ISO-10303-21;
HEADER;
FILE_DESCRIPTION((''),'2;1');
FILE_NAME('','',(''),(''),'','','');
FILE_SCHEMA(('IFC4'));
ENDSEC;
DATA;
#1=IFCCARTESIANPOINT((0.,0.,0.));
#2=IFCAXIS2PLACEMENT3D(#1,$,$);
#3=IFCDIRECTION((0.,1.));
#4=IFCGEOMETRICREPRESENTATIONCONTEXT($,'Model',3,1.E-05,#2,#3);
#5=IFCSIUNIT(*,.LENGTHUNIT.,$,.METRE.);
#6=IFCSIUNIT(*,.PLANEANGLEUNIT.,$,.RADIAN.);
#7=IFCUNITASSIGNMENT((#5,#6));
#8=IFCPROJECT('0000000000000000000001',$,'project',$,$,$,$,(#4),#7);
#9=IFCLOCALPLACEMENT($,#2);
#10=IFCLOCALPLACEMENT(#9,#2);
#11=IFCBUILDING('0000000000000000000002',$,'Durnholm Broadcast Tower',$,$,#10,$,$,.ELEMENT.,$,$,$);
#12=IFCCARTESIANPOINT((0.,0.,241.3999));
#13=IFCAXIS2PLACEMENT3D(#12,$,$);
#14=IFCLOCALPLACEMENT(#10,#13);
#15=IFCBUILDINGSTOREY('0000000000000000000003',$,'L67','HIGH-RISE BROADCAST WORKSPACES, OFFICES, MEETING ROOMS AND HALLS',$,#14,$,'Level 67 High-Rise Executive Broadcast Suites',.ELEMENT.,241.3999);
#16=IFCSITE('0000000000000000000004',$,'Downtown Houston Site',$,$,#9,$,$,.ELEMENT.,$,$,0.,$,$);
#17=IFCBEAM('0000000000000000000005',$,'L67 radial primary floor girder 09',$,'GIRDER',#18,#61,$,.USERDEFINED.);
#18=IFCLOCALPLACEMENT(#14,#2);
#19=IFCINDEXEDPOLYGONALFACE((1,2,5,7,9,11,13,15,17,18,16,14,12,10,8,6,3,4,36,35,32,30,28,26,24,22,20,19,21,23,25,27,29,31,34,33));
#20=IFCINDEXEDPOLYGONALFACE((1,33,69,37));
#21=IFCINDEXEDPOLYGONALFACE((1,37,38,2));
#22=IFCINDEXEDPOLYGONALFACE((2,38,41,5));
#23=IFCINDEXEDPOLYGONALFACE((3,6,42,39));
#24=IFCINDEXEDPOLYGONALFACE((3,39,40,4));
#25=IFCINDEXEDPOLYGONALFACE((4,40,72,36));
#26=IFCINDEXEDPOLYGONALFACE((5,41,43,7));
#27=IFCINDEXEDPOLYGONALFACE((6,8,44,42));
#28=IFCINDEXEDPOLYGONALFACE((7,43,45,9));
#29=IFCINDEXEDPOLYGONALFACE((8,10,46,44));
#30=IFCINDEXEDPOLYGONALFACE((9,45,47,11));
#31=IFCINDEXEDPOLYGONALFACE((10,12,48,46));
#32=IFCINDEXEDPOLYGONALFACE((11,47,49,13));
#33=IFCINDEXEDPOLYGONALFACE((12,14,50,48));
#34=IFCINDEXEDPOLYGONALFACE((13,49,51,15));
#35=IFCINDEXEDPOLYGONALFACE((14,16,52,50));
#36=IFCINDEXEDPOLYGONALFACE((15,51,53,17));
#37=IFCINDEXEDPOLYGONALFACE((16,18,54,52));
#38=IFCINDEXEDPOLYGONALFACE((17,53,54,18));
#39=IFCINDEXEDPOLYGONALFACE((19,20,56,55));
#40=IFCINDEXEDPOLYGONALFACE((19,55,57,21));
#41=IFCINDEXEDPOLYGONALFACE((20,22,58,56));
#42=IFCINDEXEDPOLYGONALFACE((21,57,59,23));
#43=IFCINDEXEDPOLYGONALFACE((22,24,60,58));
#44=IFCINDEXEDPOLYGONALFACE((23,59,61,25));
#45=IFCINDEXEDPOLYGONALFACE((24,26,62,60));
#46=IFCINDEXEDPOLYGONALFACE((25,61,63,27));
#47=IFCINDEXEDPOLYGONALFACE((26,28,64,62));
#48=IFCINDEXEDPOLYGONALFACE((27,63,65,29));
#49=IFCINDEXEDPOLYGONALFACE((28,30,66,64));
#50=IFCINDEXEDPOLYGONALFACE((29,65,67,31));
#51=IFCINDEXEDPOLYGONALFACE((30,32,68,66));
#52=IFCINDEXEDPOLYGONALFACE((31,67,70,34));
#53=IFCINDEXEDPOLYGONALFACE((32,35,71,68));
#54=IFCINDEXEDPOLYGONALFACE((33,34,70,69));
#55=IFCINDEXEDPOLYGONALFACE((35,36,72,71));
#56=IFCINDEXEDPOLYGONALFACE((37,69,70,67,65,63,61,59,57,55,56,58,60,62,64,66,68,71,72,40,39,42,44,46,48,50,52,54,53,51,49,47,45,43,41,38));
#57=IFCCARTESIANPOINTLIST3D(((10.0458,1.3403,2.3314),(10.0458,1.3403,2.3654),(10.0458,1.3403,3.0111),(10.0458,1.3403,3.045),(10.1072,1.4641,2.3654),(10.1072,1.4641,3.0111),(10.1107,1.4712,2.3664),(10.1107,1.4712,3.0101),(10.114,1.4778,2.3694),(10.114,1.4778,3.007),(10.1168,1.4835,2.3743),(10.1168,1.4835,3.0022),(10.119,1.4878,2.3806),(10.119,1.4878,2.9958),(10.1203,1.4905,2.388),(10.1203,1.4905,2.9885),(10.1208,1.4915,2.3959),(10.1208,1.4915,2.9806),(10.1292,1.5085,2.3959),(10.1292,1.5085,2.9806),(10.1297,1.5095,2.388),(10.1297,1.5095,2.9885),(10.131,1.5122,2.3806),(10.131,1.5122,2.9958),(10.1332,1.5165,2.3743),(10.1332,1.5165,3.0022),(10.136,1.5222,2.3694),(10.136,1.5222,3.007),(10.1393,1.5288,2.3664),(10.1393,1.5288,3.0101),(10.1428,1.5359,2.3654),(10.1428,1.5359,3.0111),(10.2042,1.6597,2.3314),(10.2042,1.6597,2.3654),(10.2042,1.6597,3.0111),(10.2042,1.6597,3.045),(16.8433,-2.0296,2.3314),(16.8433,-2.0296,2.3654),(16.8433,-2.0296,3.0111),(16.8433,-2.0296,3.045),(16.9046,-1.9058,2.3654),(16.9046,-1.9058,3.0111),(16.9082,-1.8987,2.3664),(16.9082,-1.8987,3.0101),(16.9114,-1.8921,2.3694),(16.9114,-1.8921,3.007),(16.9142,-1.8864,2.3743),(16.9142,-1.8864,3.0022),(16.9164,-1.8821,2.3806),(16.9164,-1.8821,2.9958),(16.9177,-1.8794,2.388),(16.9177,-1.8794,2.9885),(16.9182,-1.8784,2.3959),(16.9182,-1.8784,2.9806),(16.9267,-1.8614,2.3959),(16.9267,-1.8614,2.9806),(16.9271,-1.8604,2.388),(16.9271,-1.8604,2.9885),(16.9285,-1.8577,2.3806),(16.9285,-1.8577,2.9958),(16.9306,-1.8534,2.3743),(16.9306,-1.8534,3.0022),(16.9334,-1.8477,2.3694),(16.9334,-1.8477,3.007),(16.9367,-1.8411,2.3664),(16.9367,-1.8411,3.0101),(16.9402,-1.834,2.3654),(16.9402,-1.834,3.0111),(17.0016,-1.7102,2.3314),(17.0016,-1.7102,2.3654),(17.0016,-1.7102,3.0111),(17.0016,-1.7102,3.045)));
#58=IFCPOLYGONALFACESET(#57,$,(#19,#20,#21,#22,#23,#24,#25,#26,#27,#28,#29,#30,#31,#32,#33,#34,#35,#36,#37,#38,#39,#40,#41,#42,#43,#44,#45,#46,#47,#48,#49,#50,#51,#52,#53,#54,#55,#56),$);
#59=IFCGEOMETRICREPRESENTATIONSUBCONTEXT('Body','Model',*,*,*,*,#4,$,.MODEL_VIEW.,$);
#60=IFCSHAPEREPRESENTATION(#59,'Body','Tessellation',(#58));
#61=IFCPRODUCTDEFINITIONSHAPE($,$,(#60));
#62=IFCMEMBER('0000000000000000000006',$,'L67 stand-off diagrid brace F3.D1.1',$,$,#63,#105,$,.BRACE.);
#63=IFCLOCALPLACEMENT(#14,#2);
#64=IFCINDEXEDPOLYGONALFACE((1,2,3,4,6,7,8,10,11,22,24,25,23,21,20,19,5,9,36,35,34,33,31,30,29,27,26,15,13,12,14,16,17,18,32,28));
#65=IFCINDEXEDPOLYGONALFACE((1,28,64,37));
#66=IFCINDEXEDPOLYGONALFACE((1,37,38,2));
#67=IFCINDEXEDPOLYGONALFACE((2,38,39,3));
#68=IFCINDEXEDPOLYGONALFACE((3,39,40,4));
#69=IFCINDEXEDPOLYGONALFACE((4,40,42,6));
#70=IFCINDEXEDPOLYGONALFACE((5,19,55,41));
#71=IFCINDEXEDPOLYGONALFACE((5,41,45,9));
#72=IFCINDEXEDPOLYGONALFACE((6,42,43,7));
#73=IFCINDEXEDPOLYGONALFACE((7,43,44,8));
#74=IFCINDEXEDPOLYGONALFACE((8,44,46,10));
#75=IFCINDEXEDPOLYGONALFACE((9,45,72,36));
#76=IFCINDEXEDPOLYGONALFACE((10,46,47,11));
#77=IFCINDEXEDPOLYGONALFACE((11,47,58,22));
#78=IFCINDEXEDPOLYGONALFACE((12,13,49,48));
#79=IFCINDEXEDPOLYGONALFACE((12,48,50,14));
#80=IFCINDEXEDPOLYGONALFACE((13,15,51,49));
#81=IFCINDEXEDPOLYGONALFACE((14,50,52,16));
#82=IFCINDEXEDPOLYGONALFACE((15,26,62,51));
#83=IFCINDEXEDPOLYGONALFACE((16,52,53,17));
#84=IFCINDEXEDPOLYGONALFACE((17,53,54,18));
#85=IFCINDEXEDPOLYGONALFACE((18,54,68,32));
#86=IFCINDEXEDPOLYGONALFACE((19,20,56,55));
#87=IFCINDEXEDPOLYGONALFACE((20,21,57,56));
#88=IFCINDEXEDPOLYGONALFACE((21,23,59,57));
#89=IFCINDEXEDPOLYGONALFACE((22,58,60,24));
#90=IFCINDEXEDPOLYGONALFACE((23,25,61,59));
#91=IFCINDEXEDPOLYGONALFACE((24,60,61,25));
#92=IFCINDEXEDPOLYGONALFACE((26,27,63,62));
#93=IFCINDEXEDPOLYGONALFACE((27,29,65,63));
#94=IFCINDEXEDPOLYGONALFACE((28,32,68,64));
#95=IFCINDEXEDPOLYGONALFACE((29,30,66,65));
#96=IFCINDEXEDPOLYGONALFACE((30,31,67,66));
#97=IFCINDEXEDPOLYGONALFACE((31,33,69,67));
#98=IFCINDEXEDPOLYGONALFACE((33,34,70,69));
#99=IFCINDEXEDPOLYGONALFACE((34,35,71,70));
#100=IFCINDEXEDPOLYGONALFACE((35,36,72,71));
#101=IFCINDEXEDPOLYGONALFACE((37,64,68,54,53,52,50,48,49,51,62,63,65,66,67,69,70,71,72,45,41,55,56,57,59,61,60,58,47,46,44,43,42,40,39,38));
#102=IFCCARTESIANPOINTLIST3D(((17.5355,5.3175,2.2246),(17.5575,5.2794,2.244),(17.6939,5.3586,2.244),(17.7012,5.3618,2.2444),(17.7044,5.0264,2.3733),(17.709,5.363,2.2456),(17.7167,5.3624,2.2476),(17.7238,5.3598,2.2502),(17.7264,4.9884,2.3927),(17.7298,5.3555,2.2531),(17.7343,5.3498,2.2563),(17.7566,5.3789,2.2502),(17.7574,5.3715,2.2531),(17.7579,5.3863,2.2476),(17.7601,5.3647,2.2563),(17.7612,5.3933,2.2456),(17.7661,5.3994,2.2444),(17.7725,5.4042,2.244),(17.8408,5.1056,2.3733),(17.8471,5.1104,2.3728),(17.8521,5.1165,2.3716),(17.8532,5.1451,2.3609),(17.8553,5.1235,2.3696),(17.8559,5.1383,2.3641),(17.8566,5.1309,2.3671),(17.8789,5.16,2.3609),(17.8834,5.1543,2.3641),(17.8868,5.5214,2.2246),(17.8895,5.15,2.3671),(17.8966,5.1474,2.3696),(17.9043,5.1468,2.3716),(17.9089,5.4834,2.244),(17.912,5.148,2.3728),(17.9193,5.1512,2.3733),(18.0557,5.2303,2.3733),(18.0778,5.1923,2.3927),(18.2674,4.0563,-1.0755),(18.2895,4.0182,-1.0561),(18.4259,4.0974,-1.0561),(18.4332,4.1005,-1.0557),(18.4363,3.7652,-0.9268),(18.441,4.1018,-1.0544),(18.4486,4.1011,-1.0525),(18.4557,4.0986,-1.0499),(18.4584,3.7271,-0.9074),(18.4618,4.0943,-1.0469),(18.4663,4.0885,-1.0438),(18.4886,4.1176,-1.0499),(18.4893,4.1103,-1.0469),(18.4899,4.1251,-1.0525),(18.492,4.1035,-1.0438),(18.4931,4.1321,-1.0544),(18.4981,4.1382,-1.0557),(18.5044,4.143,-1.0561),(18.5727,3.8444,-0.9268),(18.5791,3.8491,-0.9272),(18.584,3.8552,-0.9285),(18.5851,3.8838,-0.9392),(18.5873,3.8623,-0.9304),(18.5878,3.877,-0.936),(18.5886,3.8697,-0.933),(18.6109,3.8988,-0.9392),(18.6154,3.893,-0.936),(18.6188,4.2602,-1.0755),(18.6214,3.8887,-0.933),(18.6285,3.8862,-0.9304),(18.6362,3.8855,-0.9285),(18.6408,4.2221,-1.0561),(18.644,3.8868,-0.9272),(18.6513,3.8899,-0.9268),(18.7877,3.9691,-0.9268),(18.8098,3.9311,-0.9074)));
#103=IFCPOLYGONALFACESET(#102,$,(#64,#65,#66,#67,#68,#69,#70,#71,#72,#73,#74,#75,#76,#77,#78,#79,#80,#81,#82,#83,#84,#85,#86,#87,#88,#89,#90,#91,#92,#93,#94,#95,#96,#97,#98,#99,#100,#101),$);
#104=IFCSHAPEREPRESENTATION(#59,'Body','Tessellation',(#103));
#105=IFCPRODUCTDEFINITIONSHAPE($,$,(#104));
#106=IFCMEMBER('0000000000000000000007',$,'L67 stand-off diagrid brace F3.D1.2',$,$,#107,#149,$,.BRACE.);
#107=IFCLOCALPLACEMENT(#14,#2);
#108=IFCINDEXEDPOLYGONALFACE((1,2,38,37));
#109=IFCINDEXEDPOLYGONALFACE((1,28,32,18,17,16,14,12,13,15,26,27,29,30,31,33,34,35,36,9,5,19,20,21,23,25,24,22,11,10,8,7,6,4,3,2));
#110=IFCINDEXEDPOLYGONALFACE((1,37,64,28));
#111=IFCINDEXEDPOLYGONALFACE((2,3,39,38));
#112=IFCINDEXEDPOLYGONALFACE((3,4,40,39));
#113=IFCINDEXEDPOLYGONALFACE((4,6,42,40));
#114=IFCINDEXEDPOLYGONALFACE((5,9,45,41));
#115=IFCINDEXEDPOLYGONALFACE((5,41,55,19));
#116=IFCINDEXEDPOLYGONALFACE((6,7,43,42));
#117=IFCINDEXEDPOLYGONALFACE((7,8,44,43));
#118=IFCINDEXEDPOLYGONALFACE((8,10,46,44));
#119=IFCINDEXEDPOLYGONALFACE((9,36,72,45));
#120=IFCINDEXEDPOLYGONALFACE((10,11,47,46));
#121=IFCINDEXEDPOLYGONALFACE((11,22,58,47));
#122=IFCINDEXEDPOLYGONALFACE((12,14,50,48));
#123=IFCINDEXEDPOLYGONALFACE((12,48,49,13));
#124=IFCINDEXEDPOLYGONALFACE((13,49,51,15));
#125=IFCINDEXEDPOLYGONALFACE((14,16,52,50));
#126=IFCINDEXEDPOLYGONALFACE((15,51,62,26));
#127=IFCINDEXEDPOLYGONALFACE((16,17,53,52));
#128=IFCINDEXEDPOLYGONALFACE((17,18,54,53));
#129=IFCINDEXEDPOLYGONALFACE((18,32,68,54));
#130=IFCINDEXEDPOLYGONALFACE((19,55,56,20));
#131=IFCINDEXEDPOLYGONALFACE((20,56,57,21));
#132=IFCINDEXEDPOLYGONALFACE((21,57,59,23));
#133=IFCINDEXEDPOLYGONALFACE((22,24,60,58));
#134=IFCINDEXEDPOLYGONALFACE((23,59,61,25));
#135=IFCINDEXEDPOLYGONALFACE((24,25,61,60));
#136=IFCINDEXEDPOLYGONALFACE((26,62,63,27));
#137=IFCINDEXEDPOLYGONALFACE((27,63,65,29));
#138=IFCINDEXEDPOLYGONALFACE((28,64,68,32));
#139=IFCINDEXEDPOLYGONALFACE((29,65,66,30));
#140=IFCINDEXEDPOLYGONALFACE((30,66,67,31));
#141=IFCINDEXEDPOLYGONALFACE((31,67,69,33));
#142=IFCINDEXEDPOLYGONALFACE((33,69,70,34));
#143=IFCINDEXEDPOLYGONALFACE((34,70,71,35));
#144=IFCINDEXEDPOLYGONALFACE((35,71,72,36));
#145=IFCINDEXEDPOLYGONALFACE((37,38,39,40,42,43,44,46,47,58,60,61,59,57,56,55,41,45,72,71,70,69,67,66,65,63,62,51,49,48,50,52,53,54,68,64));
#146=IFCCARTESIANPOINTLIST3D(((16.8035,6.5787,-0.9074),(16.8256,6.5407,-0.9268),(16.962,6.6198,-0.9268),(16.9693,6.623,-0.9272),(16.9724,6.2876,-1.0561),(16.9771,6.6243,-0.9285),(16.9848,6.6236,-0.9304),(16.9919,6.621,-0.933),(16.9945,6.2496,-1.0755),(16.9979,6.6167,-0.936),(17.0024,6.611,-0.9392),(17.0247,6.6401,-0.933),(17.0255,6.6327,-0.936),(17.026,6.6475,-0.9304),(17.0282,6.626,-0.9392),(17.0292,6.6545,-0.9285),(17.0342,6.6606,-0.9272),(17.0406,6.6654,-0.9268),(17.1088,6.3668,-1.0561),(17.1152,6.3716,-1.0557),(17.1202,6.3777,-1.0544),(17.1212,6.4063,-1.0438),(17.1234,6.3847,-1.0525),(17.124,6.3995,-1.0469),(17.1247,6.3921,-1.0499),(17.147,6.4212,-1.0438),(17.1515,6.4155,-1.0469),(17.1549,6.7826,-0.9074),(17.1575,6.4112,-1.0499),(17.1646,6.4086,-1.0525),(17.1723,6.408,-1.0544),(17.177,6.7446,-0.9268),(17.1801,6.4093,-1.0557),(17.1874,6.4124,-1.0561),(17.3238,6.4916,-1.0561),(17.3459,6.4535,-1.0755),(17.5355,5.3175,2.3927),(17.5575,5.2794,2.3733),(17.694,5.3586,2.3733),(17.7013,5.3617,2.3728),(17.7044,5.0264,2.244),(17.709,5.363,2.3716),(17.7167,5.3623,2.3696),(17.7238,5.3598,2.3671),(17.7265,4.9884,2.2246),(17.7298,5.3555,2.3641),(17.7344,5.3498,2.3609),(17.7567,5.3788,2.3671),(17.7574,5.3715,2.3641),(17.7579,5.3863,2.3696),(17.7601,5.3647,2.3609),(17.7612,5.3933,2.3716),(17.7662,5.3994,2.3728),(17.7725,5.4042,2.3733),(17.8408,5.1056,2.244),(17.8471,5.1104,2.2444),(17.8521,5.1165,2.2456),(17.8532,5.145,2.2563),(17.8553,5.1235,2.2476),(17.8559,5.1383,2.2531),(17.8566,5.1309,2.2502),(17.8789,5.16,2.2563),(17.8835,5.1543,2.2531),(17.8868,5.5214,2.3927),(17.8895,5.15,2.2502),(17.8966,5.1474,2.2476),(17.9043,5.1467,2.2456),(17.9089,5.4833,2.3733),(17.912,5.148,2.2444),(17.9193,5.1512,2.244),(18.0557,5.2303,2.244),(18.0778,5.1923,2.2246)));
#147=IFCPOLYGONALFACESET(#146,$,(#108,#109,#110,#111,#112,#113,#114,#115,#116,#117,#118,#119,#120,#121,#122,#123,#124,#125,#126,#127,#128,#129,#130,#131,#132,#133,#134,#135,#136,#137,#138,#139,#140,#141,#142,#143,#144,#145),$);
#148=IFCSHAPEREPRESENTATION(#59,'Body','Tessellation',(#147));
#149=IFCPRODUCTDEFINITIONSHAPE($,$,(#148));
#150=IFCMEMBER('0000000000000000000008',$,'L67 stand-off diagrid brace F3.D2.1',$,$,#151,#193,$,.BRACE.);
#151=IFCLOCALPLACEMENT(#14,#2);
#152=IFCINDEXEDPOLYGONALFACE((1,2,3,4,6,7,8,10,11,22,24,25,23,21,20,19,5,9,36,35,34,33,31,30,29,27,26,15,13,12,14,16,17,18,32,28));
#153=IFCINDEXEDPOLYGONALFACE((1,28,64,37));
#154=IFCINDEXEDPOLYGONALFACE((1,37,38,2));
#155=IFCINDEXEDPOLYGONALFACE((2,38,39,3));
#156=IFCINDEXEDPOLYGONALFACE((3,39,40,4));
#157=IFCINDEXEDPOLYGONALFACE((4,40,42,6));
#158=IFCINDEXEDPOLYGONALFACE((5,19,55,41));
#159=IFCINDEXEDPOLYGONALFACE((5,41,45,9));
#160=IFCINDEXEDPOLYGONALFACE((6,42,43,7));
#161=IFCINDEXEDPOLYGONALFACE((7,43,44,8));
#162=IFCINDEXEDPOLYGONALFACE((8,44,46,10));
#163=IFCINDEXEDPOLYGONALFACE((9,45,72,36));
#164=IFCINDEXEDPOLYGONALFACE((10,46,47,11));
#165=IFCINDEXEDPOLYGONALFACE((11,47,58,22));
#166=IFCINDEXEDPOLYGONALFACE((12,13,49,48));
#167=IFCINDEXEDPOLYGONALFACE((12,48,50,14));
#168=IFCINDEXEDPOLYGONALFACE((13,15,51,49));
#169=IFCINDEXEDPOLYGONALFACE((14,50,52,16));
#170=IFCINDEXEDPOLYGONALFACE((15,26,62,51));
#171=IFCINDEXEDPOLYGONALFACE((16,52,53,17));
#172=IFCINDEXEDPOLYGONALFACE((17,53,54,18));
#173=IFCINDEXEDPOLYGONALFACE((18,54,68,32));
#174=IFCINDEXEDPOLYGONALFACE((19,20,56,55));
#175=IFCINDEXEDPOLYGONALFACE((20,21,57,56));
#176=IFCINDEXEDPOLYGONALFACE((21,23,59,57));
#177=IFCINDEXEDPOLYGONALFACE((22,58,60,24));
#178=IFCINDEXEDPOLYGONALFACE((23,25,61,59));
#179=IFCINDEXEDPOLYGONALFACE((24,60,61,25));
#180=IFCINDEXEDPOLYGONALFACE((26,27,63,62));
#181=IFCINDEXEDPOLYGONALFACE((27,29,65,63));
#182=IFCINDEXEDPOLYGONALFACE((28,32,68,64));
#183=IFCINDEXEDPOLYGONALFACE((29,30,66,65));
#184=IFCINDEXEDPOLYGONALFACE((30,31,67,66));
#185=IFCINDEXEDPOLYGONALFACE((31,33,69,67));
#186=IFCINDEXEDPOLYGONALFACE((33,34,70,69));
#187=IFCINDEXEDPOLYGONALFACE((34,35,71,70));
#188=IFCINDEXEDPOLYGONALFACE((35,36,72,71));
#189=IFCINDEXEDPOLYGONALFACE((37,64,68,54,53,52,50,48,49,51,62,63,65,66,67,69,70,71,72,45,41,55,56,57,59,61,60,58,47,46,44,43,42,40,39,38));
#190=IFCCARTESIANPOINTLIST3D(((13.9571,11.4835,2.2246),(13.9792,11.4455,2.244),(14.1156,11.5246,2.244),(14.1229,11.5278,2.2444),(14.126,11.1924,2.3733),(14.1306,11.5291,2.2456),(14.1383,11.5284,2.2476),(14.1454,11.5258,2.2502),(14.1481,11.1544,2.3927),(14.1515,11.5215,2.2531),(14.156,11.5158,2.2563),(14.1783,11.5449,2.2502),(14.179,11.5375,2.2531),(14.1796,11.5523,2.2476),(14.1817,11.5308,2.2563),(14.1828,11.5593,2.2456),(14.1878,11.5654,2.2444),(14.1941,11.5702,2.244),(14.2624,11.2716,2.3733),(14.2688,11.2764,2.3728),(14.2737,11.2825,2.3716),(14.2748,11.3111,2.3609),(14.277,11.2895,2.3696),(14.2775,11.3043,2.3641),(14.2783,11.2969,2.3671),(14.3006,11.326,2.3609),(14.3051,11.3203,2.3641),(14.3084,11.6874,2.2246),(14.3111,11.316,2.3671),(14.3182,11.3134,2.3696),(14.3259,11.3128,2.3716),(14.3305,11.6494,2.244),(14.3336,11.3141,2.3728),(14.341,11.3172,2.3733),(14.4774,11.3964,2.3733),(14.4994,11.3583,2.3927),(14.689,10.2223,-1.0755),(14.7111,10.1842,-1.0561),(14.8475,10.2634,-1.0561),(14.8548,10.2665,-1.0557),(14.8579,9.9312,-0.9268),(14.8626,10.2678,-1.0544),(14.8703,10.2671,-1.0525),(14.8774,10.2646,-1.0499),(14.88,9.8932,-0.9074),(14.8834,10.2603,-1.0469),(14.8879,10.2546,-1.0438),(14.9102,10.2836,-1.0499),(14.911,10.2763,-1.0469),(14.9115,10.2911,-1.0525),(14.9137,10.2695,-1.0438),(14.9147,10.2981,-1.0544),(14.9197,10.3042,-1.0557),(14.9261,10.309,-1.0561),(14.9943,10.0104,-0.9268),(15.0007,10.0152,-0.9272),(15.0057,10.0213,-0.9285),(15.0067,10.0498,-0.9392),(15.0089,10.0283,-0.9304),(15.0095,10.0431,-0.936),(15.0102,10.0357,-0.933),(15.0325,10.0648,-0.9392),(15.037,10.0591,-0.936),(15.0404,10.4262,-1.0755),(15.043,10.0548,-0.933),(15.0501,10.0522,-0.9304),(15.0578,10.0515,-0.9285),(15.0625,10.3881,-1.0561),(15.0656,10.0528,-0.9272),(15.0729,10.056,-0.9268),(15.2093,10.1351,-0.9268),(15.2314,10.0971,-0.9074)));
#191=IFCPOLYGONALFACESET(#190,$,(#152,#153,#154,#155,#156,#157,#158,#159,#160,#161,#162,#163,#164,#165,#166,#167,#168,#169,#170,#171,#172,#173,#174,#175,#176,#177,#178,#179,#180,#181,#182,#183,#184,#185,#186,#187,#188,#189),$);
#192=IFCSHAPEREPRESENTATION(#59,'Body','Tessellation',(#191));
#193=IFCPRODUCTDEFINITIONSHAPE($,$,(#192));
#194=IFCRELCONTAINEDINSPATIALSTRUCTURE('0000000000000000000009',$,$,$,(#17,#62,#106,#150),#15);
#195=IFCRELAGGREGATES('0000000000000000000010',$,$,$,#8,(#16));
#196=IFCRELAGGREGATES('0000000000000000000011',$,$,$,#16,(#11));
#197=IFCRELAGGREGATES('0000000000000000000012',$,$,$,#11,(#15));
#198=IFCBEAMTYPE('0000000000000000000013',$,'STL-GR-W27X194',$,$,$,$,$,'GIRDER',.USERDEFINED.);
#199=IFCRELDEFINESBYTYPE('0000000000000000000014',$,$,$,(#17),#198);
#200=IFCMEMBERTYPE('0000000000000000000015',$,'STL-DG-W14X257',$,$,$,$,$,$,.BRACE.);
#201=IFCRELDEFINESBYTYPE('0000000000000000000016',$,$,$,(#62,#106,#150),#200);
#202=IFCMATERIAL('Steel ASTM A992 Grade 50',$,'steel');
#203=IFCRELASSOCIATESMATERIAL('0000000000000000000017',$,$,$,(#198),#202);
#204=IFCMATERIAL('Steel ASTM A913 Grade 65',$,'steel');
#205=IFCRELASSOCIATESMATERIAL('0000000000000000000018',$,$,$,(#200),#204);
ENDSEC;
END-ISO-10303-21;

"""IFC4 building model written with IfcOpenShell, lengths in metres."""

from ifc_helpers import new_model, si_unit, direction, frame, origin, origin_2d, place, context, subcontext, project, spatial, i_section, extrude, source, transform, mapped, material, material_profile, profile_set, type_object, type_shapes, element, save


model = new_model("IFC4")

# Units and contexts
model_context = context("Model", 3, precision=1e-05, world=origin(), true_north=direction((0.0, 1.0)))
body_context = subcontext(model_context, "Body", "Model", "MODEL_VIEW")
ifc_project = project(units=[si_unit("LENGTHUNIT", "METRE"), si_unit("PLANEANGLEUNIT", "RADIAN")], contexts=[model_context])

# Site, building, storey
site_placement = place(None, origin())
site = spatial("IfcSite", under=ifc_project, at=site_placement, Name="Downtown Houston Site", CompositionType="ELEMENT", RefElevation=0.0)
building_placement = place(site_placement, origin())
building = spatial("IfcBuilding", under=site, at=building_placement, Name="Durnholm Broadcast Tower", CompositionType="ELEMENT")
storey_placement = place(building_placement, frame((0.0, 0.0, 241.3999)))
storey = spatial("IfcBuildingStorey", under=building, at=storey_placement, Name="L67", Description="HIGH-RISE BROADCAST WORKSPACES, OFFICES, MEETING ROOMS AND HALLS", LongName="Level 67 High-Rise Executive Broadcast Suites", CompositionType="ELEMENT", Elevation=241.3999)

# Beam
ifc_material_1 = material(Name="Steel ASTM A992 Grade 50", Category="steel")
ifc_material_profile_1 = material_profile(ifc_material_1, i_section(OverallWidth=0.3564, OverallDepth=0.7136, WebThickness=0.019, FlangeThickness=0.0339, FilletRadius=0.0305, at=origin_2d()), Name="W27X194")
ifc_profile_set_1 = profile_set([ifc_material_profile_1], Name="Steel ASTM A992 Grade 50")
beam_type_1 = type_object("IfcBeamType", Name="STL-GR-W27X194", ElementType="GIRDER", PredefinedType="USERDEFINED", material=ifc_profile_set_1)
shared_shape_1 = source(origin(), body_context, "Body", "SweptSolid", [
    extrude(i_section(OverallWidth=0.3564, OverallDepth=0.7136, WebThickness=0.019, FlangeThickness=0.0339, FilletRadius=0.0305, at=origin_2d()), origin(), (0.0, 0.0, 1.0), 7.5869),
])
beam_1_placement = place(storey_placement, frame((10.125, 1.5, 2.6882), z_axis=(0.895941, -0.444173, 0.0), x_axis=(0.444173, 0.895941, 0.0)))
element("IfcBeam", 1, at=beam_1_placement, inside=storey, type_object=beam_type_1, Name="L67 radial primary floor girder 09", ObjectType="GIRDER", PredefinedType="USERDEFINED", context=body_context, shape_type="MappedRepresentation", body=[
    mapped(shared_shape_1, transform((0.0, 0.0, 0.0), x_axis=(1.0, 0.0, 0.0), y_axis=(0.0, 1.0, 0.0), z_axis=(0.0, 0.0, 1.0), scale=1.0)),
])

# Members
ifc_material_2 = material(Name="Steel ASTM A913 Grade 65", Category="steel")
ifc_material_profile_2 = material_profile(ifc_material_2, i_section(OverallWidth=0.4062, OverallDepth=0.416, WebThickness=0.0298, FlangeThickness=0.0481, FilletRadius=0.0305, at=origin_2d()), Name="W14X257")
ifc_profile_set_2 = profile_set([ifc_material_profile_2], Name="Steel ASTM A913 Grade 65")
member_type_1 = type_object("IfcMemberType", Name="STL-DG-W14X257", PredefinedType="BRACE", material=ifc_profile_set_2)
shared_shape_2 = source(origin(), body_context, "Body", "SweptSolid", [
    extrude(i_section(OverallWidth=0.4062, OverallDepth=0.416, WebThickness=0.0298, FlangeThickness=0.0481, FilletRadius=0.0305, at=origin_2d()), origin(), (0.0, 0.0, 1.0), 3.6079),
])
type_shapes(member_type_1, [shared_shape_2])
for number, where, z_axis, x_axis, name in (
    (2, (18.5386, 3.9937, -0.9915), (-0.202871, 0.349577, 0.91468), (-0.864906, -0.501934, 0.0), "L67 stand-off diagrid brace F3.D1.1"),
    (3, (17.0747, 6.5161, -0.9915), (0.202871, -0.349577, 0.91468), (0.864906, 0.501934, 0.0), "L67 stand-off diagrid brace F3.D1.2"),
    (4, (14.9602, 10.1597, -0.9915), (-0.202871, 0.349577, 0.91468), (-0.864906, -0.501934, 0.0), "L67 stand-off diagrid brace F3.D2.1"),
):
    element("IfcMember", number, at=place(storey_placement, frame(where, z_axis=z_axis, x_axis=x_axis)), inside=storey, type_object=member_type_1, Name=name, PredefinedType="BRACE", context=body_context, shape_type="MappedRepresentation", body=[
        mapped(shared_shape_2, transform((0.0, 0.0, 0.0), x_axis=(1.0, 0.0, 0.0), y_axis=(0.0, 1.0, 0.0), z_axis=(0.0, 0.0, 1.0), scale=1.0)),
    ])

save(model, "model.ifc")
